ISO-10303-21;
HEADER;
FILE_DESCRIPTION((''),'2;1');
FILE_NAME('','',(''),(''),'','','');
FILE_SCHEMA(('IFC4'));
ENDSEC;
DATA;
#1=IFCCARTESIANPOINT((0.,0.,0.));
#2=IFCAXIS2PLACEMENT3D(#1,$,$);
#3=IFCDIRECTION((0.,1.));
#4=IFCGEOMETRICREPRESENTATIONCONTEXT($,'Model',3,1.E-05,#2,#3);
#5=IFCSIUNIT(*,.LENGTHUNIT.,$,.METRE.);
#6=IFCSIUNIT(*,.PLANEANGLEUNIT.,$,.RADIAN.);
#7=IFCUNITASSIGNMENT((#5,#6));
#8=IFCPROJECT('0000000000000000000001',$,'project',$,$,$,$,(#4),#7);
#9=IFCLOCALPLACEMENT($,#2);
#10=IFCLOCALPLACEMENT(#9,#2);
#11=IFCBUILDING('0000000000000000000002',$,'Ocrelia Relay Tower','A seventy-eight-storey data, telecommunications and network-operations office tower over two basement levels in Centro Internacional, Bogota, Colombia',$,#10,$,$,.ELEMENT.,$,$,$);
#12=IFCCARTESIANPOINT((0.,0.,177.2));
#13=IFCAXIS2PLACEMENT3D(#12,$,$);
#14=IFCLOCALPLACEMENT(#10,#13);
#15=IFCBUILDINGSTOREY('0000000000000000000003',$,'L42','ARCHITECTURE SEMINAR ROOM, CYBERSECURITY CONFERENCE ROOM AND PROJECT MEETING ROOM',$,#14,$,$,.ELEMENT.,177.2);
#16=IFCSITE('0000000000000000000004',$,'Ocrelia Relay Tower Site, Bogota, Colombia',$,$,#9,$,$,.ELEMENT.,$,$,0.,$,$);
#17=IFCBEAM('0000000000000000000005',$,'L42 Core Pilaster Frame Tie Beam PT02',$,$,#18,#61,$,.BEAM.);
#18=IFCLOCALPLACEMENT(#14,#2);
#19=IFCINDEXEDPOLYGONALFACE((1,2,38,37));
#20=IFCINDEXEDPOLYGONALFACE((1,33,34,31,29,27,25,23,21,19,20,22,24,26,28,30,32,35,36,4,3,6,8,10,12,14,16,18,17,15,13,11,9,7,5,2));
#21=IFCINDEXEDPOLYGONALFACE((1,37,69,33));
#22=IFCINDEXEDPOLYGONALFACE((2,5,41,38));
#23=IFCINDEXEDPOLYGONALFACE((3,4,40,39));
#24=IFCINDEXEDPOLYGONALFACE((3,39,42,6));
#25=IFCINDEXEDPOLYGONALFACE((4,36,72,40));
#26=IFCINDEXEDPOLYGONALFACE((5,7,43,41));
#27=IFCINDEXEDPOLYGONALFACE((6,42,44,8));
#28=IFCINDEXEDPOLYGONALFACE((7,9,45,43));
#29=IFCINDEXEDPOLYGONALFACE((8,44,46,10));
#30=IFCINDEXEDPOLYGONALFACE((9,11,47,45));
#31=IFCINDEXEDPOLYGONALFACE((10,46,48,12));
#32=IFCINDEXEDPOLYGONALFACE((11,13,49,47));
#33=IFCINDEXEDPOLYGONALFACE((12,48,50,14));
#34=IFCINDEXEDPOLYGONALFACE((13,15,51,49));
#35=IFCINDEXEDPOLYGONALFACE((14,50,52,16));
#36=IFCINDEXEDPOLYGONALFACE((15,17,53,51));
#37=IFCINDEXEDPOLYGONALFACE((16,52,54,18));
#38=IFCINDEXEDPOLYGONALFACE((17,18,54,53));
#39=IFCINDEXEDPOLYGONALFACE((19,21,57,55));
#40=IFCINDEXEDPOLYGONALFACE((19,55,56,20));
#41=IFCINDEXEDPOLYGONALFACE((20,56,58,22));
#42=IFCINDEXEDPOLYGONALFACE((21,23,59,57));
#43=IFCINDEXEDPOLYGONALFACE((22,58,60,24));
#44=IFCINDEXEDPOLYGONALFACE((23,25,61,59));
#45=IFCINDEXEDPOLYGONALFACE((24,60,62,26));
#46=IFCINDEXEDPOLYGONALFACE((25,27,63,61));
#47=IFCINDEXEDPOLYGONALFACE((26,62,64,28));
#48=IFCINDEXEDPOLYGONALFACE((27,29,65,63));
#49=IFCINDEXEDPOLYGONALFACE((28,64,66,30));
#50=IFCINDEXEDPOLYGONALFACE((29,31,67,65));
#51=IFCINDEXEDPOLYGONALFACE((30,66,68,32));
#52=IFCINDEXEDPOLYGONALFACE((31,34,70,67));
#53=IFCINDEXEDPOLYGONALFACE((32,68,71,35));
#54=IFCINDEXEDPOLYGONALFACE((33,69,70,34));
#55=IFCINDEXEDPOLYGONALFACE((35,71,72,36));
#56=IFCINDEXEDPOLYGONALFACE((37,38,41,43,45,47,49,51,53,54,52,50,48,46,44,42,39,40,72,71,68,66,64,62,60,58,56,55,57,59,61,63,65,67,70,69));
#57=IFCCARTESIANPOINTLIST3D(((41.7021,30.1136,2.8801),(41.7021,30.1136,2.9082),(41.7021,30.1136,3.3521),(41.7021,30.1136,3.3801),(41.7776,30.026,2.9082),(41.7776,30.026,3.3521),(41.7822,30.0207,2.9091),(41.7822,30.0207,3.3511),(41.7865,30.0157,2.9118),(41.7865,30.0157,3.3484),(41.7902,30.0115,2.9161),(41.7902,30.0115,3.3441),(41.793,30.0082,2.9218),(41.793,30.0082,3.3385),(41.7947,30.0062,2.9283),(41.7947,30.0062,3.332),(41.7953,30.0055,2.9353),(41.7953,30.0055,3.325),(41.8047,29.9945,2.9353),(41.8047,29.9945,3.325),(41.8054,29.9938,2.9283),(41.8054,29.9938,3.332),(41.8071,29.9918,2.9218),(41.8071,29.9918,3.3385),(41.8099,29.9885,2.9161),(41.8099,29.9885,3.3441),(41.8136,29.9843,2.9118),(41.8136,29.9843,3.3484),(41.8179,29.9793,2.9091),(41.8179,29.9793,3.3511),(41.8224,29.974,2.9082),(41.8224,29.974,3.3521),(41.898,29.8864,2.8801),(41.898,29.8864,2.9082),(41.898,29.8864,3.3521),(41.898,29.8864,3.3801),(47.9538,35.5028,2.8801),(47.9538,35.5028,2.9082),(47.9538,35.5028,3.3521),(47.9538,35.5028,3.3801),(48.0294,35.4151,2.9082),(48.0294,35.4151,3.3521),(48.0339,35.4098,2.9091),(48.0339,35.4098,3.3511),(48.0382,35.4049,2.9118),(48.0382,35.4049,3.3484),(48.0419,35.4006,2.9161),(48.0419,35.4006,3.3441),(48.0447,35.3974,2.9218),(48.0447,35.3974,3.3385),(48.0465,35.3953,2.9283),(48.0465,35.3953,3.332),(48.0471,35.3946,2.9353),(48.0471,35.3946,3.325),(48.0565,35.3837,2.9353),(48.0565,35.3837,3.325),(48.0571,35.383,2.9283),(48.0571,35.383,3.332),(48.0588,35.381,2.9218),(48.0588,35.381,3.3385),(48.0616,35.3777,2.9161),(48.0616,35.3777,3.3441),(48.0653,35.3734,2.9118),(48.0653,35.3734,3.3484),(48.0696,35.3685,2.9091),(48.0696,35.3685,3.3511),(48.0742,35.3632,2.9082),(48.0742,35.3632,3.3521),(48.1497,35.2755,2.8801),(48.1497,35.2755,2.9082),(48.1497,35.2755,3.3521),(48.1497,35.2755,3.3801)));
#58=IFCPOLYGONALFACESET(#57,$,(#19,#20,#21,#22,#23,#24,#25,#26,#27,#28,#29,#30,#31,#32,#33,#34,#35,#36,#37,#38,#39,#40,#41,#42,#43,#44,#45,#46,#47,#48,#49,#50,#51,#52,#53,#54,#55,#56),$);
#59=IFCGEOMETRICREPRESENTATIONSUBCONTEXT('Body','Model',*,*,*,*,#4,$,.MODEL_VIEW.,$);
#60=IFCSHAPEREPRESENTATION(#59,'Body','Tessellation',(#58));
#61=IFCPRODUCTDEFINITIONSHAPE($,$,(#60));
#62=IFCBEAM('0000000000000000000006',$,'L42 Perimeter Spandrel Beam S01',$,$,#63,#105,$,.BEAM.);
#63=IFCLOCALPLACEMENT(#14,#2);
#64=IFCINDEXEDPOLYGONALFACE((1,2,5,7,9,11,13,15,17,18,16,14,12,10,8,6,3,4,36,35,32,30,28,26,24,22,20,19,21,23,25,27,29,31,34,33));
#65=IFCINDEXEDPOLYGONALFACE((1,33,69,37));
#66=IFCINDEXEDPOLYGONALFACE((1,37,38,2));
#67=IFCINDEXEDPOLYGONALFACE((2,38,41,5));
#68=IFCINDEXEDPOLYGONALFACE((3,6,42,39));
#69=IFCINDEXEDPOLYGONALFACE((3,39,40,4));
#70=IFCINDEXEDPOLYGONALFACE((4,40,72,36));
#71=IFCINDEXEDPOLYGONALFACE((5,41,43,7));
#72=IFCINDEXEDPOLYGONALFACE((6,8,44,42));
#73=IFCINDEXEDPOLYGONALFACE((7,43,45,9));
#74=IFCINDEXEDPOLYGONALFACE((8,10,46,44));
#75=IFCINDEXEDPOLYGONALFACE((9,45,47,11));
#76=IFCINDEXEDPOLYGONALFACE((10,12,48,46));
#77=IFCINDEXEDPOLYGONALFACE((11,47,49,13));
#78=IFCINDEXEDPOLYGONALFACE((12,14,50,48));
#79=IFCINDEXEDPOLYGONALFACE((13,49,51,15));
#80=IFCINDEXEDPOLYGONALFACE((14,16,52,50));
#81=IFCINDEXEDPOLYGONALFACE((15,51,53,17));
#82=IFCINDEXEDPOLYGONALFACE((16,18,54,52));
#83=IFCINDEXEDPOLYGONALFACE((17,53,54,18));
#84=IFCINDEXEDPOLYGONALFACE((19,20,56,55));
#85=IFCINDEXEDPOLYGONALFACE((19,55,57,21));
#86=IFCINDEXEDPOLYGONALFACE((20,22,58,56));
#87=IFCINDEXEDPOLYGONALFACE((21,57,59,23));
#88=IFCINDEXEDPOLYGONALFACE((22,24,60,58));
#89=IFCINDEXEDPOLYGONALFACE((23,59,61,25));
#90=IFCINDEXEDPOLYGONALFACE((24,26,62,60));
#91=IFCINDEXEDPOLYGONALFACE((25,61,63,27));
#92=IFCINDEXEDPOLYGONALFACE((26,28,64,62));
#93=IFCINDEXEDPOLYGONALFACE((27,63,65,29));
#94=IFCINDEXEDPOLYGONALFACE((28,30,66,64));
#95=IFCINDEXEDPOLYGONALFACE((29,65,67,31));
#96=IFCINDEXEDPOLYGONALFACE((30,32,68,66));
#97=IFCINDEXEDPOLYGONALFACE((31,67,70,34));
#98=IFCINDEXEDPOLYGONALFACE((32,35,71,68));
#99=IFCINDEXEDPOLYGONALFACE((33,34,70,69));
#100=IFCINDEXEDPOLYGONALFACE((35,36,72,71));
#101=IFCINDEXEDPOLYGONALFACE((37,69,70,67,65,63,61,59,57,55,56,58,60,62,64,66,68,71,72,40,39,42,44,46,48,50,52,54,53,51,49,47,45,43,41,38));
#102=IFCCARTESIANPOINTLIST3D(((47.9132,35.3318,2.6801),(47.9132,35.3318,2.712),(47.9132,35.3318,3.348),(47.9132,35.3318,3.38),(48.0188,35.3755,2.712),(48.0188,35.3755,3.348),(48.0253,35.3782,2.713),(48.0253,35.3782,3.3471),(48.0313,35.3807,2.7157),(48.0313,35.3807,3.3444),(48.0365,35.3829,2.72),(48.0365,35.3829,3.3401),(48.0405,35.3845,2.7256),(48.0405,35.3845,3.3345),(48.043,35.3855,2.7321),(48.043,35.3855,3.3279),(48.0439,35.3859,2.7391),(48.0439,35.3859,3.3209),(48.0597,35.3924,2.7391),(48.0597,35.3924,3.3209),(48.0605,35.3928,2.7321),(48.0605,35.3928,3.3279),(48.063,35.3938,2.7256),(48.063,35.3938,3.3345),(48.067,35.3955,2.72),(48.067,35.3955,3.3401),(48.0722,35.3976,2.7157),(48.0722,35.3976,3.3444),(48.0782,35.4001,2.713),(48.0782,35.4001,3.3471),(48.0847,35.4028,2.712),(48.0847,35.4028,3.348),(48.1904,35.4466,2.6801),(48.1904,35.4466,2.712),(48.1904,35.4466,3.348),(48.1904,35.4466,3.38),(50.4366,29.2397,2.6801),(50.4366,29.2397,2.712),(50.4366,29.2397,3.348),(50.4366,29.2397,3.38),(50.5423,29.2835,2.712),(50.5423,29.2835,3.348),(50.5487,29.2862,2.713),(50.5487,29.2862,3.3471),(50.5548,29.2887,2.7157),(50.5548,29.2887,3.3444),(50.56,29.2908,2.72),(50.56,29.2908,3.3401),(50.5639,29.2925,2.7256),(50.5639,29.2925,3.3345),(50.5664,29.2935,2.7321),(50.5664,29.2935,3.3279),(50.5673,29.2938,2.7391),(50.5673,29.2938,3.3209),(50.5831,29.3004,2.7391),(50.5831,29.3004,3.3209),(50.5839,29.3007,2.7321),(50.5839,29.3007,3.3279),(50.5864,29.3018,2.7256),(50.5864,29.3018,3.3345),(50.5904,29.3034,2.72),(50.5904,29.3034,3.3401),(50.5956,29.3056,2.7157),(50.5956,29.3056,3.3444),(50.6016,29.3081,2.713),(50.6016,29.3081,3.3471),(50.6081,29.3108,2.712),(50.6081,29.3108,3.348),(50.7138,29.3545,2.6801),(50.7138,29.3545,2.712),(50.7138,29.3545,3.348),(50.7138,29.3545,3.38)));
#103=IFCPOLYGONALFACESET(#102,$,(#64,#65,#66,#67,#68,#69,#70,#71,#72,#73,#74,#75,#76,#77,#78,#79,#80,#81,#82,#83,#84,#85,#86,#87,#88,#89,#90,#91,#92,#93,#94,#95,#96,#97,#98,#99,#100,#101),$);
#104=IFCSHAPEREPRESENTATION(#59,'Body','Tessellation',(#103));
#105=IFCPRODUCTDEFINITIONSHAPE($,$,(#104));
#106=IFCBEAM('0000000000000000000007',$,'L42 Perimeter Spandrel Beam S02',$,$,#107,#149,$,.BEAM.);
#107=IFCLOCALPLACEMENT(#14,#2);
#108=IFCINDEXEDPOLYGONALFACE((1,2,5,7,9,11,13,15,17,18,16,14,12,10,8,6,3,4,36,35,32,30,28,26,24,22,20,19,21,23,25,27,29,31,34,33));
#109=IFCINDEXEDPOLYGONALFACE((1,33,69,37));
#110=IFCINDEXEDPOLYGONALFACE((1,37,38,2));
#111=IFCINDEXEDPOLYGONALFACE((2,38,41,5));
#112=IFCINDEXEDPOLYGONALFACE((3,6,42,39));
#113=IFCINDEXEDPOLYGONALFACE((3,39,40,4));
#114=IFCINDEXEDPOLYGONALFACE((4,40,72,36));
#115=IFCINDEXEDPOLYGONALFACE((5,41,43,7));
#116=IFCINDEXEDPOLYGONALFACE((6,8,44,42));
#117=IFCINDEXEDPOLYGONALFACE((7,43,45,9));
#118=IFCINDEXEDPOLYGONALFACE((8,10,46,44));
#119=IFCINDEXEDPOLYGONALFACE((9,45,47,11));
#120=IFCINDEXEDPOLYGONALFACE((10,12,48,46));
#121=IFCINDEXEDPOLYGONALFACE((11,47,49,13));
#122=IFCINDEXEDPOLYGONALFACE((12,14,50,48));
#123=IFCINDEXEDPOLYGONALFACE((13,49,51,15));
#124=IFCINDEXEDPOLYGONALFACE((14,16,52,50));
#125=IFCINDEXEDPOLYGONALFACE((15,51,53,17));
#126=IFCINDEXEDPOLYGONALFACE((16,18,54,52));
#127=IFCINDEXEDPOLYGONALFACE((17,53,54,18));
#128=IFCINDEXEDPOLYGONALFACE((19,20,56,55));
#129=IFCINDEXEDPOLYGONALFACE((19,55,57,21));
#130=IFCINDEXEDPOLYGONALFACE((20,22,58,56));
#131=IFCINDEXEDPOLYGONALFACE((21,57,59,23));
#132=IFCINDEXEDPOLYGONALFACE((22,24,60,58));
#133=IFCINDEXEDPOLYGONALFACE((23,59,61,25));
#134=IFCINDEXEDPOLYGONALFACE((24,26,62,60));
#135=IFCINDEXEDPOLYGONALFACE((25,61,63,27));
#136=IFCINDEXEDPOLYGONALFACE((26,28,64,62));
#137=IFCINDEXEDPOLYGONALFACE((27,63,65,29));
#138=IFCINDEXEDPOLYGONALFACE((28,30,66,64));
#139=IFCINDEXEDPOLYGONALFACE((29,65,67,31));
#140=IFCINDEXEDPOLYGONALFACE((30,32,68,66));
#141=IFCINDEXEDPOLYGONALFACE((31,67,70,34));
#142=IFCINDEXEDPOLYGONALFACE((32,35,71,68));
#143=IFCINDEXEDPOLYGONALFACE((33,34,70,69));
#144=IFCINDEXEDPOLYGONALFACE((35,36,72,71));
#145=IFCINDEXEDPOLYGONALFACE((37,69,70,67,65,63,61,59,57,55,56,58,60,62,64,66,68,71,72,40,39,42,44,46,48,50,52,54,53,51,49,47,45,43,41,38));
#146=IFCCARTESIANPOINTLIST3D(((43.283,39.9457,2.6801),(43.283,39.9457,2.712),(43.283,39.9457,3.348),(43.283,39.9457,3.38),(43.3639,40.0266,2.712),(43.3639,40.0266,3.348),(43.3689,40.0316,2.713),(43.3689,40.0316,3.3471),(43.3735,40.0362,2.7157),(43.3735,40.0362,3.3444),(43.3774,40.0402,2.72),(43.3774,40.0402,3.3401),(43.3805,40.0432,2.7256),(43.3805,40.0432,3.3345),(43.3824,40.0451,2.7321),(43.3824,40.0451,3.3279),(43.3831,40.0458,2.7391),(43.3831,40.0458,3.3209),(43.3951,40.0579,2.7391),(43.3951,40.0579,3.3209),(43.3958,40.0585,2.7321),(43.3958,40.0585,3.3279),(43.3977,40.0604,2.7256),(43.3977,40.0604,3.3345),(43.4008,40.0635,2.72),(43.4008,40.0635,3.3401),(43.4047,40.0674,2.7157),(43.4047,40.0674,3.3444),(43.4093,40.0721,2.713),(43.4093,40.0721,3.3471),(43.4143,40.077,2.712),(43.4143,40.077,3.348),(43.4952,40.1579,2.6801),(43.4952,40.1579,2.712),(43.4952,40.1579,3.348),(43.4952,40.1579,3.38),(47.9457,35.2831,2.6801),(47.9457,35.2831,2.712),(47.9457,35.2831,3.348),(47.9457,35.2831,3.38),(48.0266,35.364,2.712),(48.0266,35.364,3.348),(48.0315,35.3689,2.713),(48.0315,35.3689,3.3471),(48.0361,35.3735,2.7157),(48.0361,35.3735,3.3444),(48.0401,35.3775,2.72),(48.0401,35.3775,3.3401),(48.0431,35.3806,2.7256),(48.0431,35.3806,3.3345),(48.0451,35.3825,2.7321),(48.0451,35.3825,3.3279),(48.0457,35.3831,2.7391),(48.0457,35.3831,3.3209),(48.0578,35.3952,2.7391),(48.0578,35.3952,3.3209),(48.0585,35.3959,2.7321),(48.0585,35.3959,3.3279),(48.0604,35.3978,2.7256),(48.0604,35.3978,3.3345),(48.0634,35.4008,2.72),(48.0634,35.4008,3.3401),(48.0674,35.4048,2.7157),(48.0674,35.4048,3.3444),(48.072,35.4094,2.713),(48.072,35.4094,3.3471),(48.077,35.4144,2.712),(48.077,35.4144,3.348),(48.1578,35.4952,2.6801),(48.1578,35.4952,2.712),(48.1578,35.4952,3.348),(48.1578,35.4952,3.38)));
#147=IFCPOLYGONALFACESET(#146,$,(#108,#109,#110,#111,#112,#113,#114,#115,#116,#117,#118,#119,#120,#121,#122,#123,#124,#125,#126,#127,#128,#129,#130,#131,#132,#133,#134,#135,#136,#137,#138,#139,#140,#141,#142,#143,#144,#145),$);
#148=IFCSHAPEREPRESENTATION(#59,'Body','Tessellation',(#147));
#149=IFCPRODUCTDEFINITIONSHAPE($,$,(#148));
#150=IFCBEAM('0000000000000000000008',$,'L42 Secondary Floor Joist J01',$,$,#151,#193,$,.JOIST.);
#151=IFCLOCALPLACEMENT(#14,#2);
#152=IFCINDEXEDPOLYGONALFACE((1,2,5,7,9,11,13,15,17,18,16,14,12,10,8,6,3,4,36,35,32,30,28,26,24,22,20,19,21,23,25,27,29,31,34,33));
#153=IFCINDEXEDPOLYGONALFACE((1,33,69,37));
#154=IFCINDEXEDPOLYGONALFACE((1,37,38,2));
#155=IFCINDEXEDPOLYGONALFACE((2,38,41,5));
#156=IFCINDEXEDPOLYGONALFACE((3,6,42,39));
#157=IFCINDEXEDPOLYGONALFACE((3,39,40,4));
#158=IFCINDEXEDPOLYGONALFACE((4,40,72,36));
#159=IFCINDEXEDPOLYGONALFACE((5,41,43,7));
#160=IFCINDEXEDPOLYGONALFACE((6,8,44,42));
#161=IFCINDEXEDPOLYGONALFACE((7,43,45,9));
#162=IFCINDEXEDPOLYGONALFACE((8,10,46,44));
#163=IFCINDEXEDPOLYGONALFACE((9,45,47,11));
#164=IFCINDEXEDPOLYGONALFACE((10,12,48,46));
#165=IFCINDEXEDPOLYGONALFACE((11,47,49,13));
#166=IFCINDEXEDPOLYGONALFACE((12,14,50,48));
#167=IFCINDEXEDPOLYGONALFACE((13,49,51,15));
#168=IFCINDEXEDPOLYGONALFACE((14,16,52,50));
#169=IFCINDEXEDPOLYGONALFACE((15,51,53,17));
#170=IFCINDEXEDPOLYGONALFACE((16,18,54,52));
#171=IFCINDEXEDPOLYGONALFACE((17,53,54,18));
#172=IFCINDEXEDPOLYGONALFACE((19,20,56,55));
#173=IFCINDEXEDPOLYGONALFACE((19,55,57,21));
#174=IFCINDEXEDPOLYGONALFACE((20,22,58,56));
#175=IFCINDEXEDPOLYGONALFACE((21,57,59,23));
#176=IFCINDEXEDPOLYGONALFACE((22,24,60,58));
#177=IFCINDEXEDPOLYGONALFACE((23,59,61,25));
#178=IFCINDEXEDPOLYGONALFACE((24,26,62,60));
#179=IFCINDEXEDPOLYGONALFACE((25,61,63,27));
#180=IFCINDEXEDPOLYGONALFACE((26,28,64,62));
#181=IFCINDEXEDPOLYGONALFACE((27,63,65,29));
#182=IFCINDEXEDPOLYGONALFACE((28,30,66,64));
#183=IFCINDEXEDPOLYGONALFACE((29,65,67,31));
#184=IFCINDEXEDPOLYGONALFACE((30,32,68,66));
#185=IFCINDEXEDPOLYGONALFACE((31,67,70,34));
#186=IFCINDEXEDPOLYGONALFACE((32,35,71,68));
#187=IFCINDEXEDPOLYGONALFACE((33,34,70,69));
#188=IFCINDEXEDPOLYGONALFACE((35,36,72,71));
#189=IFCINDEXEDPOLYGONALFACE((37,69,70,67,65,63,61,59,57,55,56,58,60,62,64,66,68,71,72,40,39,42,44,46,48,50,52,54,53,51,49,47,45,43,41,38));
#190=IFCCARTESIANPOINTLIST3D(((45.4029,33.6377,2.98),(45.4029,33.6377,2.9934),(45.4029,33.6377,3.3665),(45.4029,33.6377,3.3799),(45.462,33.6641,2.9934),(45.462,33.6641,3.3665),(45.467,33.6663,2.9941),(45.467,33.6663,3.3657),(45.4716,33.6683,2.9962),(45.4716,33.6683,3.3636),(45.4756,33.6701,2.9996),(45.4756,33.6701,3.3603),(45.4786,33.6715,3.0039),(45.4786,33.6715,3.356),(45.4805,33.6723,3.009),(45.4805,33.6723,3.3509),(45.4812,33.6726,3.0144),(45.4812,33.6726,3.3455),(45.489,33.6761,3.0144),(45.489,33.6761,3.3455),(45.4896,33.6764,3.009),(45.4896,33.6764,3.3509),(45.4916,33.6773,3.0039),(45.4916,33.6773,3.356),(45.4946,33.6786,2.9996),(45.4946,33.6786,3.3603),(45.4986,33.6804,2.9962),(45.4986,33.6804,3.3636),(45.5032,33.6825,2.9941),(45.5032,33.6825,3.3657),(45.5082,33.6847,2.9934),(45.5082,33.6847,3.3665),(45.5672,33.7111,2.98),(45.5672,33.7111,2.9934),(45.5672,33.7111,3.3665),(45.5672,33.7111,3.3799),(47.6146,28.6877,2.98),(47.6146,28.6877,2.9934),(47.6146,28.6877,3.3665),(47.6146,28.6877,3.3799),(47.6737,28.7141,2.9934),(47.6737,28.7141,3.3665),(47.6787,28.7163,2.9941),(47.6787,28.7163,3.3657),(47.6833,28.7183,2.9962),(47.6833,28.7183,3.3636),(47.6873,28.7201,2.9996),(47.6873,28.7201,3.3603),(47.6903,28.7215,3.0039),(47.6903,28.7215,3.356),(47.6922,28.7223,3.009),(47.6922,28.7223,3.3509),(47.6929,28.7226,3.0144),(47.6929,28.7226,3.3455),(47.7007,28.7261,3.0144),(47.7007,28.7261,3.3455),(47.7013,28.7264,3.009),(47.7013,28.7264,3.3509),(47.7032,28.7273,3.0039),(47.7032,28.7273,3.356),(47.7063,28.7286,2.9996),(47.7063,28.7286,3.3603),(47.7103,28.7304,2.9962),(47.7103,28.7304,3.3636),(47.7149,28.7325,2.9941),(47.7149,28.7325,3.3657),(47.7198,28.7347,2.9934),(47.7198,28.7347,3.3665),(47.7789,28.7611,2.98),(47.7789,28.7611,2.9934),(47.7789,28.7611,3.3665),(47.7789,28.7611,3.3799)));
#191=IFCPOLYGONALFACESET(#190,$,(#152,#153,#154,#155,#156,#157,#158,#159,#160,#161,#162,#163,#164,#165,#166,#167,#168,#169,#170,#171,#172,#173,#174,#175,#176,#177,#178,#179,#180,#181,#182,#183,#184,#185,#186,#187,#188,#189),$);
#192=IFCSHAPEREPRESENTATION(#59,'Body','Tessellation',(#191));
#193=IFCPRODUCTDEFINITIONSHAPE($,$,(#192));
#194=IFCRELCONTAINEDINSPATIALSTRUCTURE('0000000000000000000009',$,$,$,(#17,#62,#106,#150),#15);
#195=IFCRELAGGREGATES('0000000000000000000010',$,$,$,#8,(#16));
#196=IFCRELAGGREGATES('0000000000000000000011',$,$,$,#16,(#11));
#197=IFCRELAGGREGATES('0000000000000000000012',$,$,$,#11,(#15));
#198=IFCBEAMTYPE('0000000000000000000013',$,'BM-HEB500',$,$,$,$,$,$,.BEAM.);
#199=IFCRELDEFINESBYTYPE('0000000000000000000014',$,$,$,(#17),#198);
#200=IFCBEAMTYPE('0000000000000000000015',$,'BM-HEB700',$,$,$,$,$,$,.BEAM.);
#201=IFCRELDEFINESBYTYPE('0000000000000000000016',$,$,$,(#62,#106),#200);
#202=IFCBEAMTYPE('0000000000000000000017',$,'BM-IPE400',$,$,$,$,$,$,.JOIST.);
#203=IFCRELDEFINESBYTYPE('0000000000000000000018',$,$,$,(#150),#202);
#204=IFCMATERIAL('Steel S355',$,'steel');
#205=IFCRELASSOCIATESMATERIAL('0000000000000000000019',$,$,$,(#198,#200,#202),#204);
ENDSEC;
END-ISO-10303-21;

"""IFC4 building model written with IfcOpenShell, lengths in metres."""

from ifc_helpers import new_model, si_unit, direction, frame, origin, origin_2d, place, context, subcontext, project, spatial, i_section, extrude, material, material_profile, profile_set, type_object, element, save


model = new_model("IFC4")

# Units and contexts
model_context = context("Model", 3, precision=1e-05, world=origin(), true_north=direction((0.0, 1.0)))
body_context = subcontext(model_context, "Body", "Model", "MODEL_VIEW")
ifc_project = project(units=[si_unit("LENGTHUNIT", "METRE"), si_unit("PLANEANGLEUNIT", "RADIAN")], contexts=[model_context])

# Site, building, storey
site_placement = place(None, origin())
site = spatial("IfcSite", under=ifc_project, at=site_placement, Name="Ocrelia Relay Tower Site, Bogota, Colombia", CompositionType="ELEMENT", RefElevation=0.0)
building_placement = place(site_placement, origin())
building = spatial("IfcBuilding", under=site, at=building_placement, Name="Ocrelia Relay Tower", Description="A seventy-eight-storey data, telecommunications and network-operations office tower over two basement levels in Centro Internacional, Bogota, Colombia", CompositionType="ELEMENT")
storey_placement = place(building_placement, frame((0.0, 0.0, 177.2)))
storey = spatial("IfcBuildingStorey", under=building, at=storey_placement, Name="L42", Description="ARCHITECTURE SEMINAR ROOM, CYBERSECURITY CONFERENCE ROOM AND PROJECT MEETING ROOM", CompositionType="ELEMENT", Elevation=177.2)

# Beams
ifc_material_1 = material(Name="Steel S355", Category="steel")
ifc_material_profile_1 = material_profile(ifc_material_1, i_section(OverallWidth=0.3, OverallDepth=0.5, WebThickness=0.0144, FlangeThickness=0.0281, FilletRadius=0.0271, at=origin_2d()), Name="HEB 500")
ifc_profile_set_1 = profile_set([ifc_material_profile_1], Name="Steel S355")
beam_type_1 = type_object("IfcBeamType", Name="BM-HEB500", PredefinedType="BEAM", material=ifc_profile_set_1)
beam_1_placement = place(storey_placement, frame((48.0518, 35.3892, 3.1301), z_axis=(-0.757425, -0.652923, 0.0), x_axis=(0.652923, -0.757425, 0.0)))
element("IfcBeam", 1, at=beam_1_placement, inside=storey, type_object=beam_type_1, Name="L42 Core Pilaster Frame Tie Beam PT02", PredefinedType="BEAM", context=body_context, shape_type="SweptSolid", body=[
    extrude(i_section(OverallWidth=0.3, OverallDepth=0.5, WebThickness=0.0144, FlangeThickness=0.0281, FilletRadius=0.0271, at=origin_2d()), origin(), (0.0, 0.0, 1.0), 8.2539),
])
ifc_material_profile_2 = material_profile(ifc_material_1, i_section(OverallWidth=0.3, OverallDepth=0.7, WebThickness=0.0171, FlangeThickness=0.032, FilletRadius=0.0271, at=origin_2d()), Name="HEB 700")
ifc_profile_set_2 = profile_set([ifc_material_profile_2], Name="Steel S355")
beam_type_2 = type_object("IfcBeamType", Name="BM-HEB700", PredefinedType="BEAM", material=ifc_profile_set_2)
for number, where, z_axis, x_axis, name in (
    (2, (50.5752, 29.2971, 3.03), (-0.382688, 0.923878, 0.0), (-0.923878, -0.382688, 0.0), "L42 Perimeter Spandrel Beam S01"),
    (3, (48.0518, 35.3892, 3.03), (-0.707107, 0.707107, 0.0), (-0.707107, -0.707107, 0.0), "L42 Perimeter Spandrel Beam S02"),
):
    element("IfcBeam", number, at=place(storey_placement, frame(where, z_axis=z_axis, x_axis=x_axis)), inside=storey, type_object=beam_type_2, Name=name, PredefinedType="BEAM", context=body_context, shape_type="SweptSolid", body=[
        extrude(i_section(OverallWidth=0.3, OverallDepth=0.7, WebThickness=0.0171, FlangeThickness=0.032, FilletRadius=0.0271, at=origin_2d()), origin(), (0.0, 0.0, 1.0), 6.594),
    ])
ifc_material_profile_3 = material_profile(ifc_material_1, i_section(OverallWidth=0.1799, OverallDepth=0.3999, WebThickness=0.0085, FlangeThickness=0.0134, FilletRadius=0.021, at=origin_2d()), Name="IPE 400")
ifc_profile_set_3 = profile_set([ifc_material_profile_3], Name="Steel S355")
beam_type_3 = type_object("IfcBeamType", Name="BM-IPE400", PredefinedType="JOIST", material=ifc_profile_set_3)
beam_2_placement = place(storey_placement, frame((47.6968, 28.7244, 3.1799), z_axis=(-0.407938, 0.913009, 0.0), x_axis=(-0.913009, -0.407938, 0.0)))
element("IfcBeam", 4, at=beam_2_placement, inside=storey, type_object=beam_type_3, Name="L42 Secondary Floor Joist J01", PredefinedType="JOIST", context=body_context, shape_type="SweptSolid", body=[
    extrude(i_section(OverallWidth=0.1799, OverallDepth=0.3999, WebThickness=0.0085, FlangeThickness=0.0134, FilletRadius=0.021, at=origin_2d()), origin(), (0.0, 0.0, 1.0), 5.4216),
])

save(model, "model.ifc")
